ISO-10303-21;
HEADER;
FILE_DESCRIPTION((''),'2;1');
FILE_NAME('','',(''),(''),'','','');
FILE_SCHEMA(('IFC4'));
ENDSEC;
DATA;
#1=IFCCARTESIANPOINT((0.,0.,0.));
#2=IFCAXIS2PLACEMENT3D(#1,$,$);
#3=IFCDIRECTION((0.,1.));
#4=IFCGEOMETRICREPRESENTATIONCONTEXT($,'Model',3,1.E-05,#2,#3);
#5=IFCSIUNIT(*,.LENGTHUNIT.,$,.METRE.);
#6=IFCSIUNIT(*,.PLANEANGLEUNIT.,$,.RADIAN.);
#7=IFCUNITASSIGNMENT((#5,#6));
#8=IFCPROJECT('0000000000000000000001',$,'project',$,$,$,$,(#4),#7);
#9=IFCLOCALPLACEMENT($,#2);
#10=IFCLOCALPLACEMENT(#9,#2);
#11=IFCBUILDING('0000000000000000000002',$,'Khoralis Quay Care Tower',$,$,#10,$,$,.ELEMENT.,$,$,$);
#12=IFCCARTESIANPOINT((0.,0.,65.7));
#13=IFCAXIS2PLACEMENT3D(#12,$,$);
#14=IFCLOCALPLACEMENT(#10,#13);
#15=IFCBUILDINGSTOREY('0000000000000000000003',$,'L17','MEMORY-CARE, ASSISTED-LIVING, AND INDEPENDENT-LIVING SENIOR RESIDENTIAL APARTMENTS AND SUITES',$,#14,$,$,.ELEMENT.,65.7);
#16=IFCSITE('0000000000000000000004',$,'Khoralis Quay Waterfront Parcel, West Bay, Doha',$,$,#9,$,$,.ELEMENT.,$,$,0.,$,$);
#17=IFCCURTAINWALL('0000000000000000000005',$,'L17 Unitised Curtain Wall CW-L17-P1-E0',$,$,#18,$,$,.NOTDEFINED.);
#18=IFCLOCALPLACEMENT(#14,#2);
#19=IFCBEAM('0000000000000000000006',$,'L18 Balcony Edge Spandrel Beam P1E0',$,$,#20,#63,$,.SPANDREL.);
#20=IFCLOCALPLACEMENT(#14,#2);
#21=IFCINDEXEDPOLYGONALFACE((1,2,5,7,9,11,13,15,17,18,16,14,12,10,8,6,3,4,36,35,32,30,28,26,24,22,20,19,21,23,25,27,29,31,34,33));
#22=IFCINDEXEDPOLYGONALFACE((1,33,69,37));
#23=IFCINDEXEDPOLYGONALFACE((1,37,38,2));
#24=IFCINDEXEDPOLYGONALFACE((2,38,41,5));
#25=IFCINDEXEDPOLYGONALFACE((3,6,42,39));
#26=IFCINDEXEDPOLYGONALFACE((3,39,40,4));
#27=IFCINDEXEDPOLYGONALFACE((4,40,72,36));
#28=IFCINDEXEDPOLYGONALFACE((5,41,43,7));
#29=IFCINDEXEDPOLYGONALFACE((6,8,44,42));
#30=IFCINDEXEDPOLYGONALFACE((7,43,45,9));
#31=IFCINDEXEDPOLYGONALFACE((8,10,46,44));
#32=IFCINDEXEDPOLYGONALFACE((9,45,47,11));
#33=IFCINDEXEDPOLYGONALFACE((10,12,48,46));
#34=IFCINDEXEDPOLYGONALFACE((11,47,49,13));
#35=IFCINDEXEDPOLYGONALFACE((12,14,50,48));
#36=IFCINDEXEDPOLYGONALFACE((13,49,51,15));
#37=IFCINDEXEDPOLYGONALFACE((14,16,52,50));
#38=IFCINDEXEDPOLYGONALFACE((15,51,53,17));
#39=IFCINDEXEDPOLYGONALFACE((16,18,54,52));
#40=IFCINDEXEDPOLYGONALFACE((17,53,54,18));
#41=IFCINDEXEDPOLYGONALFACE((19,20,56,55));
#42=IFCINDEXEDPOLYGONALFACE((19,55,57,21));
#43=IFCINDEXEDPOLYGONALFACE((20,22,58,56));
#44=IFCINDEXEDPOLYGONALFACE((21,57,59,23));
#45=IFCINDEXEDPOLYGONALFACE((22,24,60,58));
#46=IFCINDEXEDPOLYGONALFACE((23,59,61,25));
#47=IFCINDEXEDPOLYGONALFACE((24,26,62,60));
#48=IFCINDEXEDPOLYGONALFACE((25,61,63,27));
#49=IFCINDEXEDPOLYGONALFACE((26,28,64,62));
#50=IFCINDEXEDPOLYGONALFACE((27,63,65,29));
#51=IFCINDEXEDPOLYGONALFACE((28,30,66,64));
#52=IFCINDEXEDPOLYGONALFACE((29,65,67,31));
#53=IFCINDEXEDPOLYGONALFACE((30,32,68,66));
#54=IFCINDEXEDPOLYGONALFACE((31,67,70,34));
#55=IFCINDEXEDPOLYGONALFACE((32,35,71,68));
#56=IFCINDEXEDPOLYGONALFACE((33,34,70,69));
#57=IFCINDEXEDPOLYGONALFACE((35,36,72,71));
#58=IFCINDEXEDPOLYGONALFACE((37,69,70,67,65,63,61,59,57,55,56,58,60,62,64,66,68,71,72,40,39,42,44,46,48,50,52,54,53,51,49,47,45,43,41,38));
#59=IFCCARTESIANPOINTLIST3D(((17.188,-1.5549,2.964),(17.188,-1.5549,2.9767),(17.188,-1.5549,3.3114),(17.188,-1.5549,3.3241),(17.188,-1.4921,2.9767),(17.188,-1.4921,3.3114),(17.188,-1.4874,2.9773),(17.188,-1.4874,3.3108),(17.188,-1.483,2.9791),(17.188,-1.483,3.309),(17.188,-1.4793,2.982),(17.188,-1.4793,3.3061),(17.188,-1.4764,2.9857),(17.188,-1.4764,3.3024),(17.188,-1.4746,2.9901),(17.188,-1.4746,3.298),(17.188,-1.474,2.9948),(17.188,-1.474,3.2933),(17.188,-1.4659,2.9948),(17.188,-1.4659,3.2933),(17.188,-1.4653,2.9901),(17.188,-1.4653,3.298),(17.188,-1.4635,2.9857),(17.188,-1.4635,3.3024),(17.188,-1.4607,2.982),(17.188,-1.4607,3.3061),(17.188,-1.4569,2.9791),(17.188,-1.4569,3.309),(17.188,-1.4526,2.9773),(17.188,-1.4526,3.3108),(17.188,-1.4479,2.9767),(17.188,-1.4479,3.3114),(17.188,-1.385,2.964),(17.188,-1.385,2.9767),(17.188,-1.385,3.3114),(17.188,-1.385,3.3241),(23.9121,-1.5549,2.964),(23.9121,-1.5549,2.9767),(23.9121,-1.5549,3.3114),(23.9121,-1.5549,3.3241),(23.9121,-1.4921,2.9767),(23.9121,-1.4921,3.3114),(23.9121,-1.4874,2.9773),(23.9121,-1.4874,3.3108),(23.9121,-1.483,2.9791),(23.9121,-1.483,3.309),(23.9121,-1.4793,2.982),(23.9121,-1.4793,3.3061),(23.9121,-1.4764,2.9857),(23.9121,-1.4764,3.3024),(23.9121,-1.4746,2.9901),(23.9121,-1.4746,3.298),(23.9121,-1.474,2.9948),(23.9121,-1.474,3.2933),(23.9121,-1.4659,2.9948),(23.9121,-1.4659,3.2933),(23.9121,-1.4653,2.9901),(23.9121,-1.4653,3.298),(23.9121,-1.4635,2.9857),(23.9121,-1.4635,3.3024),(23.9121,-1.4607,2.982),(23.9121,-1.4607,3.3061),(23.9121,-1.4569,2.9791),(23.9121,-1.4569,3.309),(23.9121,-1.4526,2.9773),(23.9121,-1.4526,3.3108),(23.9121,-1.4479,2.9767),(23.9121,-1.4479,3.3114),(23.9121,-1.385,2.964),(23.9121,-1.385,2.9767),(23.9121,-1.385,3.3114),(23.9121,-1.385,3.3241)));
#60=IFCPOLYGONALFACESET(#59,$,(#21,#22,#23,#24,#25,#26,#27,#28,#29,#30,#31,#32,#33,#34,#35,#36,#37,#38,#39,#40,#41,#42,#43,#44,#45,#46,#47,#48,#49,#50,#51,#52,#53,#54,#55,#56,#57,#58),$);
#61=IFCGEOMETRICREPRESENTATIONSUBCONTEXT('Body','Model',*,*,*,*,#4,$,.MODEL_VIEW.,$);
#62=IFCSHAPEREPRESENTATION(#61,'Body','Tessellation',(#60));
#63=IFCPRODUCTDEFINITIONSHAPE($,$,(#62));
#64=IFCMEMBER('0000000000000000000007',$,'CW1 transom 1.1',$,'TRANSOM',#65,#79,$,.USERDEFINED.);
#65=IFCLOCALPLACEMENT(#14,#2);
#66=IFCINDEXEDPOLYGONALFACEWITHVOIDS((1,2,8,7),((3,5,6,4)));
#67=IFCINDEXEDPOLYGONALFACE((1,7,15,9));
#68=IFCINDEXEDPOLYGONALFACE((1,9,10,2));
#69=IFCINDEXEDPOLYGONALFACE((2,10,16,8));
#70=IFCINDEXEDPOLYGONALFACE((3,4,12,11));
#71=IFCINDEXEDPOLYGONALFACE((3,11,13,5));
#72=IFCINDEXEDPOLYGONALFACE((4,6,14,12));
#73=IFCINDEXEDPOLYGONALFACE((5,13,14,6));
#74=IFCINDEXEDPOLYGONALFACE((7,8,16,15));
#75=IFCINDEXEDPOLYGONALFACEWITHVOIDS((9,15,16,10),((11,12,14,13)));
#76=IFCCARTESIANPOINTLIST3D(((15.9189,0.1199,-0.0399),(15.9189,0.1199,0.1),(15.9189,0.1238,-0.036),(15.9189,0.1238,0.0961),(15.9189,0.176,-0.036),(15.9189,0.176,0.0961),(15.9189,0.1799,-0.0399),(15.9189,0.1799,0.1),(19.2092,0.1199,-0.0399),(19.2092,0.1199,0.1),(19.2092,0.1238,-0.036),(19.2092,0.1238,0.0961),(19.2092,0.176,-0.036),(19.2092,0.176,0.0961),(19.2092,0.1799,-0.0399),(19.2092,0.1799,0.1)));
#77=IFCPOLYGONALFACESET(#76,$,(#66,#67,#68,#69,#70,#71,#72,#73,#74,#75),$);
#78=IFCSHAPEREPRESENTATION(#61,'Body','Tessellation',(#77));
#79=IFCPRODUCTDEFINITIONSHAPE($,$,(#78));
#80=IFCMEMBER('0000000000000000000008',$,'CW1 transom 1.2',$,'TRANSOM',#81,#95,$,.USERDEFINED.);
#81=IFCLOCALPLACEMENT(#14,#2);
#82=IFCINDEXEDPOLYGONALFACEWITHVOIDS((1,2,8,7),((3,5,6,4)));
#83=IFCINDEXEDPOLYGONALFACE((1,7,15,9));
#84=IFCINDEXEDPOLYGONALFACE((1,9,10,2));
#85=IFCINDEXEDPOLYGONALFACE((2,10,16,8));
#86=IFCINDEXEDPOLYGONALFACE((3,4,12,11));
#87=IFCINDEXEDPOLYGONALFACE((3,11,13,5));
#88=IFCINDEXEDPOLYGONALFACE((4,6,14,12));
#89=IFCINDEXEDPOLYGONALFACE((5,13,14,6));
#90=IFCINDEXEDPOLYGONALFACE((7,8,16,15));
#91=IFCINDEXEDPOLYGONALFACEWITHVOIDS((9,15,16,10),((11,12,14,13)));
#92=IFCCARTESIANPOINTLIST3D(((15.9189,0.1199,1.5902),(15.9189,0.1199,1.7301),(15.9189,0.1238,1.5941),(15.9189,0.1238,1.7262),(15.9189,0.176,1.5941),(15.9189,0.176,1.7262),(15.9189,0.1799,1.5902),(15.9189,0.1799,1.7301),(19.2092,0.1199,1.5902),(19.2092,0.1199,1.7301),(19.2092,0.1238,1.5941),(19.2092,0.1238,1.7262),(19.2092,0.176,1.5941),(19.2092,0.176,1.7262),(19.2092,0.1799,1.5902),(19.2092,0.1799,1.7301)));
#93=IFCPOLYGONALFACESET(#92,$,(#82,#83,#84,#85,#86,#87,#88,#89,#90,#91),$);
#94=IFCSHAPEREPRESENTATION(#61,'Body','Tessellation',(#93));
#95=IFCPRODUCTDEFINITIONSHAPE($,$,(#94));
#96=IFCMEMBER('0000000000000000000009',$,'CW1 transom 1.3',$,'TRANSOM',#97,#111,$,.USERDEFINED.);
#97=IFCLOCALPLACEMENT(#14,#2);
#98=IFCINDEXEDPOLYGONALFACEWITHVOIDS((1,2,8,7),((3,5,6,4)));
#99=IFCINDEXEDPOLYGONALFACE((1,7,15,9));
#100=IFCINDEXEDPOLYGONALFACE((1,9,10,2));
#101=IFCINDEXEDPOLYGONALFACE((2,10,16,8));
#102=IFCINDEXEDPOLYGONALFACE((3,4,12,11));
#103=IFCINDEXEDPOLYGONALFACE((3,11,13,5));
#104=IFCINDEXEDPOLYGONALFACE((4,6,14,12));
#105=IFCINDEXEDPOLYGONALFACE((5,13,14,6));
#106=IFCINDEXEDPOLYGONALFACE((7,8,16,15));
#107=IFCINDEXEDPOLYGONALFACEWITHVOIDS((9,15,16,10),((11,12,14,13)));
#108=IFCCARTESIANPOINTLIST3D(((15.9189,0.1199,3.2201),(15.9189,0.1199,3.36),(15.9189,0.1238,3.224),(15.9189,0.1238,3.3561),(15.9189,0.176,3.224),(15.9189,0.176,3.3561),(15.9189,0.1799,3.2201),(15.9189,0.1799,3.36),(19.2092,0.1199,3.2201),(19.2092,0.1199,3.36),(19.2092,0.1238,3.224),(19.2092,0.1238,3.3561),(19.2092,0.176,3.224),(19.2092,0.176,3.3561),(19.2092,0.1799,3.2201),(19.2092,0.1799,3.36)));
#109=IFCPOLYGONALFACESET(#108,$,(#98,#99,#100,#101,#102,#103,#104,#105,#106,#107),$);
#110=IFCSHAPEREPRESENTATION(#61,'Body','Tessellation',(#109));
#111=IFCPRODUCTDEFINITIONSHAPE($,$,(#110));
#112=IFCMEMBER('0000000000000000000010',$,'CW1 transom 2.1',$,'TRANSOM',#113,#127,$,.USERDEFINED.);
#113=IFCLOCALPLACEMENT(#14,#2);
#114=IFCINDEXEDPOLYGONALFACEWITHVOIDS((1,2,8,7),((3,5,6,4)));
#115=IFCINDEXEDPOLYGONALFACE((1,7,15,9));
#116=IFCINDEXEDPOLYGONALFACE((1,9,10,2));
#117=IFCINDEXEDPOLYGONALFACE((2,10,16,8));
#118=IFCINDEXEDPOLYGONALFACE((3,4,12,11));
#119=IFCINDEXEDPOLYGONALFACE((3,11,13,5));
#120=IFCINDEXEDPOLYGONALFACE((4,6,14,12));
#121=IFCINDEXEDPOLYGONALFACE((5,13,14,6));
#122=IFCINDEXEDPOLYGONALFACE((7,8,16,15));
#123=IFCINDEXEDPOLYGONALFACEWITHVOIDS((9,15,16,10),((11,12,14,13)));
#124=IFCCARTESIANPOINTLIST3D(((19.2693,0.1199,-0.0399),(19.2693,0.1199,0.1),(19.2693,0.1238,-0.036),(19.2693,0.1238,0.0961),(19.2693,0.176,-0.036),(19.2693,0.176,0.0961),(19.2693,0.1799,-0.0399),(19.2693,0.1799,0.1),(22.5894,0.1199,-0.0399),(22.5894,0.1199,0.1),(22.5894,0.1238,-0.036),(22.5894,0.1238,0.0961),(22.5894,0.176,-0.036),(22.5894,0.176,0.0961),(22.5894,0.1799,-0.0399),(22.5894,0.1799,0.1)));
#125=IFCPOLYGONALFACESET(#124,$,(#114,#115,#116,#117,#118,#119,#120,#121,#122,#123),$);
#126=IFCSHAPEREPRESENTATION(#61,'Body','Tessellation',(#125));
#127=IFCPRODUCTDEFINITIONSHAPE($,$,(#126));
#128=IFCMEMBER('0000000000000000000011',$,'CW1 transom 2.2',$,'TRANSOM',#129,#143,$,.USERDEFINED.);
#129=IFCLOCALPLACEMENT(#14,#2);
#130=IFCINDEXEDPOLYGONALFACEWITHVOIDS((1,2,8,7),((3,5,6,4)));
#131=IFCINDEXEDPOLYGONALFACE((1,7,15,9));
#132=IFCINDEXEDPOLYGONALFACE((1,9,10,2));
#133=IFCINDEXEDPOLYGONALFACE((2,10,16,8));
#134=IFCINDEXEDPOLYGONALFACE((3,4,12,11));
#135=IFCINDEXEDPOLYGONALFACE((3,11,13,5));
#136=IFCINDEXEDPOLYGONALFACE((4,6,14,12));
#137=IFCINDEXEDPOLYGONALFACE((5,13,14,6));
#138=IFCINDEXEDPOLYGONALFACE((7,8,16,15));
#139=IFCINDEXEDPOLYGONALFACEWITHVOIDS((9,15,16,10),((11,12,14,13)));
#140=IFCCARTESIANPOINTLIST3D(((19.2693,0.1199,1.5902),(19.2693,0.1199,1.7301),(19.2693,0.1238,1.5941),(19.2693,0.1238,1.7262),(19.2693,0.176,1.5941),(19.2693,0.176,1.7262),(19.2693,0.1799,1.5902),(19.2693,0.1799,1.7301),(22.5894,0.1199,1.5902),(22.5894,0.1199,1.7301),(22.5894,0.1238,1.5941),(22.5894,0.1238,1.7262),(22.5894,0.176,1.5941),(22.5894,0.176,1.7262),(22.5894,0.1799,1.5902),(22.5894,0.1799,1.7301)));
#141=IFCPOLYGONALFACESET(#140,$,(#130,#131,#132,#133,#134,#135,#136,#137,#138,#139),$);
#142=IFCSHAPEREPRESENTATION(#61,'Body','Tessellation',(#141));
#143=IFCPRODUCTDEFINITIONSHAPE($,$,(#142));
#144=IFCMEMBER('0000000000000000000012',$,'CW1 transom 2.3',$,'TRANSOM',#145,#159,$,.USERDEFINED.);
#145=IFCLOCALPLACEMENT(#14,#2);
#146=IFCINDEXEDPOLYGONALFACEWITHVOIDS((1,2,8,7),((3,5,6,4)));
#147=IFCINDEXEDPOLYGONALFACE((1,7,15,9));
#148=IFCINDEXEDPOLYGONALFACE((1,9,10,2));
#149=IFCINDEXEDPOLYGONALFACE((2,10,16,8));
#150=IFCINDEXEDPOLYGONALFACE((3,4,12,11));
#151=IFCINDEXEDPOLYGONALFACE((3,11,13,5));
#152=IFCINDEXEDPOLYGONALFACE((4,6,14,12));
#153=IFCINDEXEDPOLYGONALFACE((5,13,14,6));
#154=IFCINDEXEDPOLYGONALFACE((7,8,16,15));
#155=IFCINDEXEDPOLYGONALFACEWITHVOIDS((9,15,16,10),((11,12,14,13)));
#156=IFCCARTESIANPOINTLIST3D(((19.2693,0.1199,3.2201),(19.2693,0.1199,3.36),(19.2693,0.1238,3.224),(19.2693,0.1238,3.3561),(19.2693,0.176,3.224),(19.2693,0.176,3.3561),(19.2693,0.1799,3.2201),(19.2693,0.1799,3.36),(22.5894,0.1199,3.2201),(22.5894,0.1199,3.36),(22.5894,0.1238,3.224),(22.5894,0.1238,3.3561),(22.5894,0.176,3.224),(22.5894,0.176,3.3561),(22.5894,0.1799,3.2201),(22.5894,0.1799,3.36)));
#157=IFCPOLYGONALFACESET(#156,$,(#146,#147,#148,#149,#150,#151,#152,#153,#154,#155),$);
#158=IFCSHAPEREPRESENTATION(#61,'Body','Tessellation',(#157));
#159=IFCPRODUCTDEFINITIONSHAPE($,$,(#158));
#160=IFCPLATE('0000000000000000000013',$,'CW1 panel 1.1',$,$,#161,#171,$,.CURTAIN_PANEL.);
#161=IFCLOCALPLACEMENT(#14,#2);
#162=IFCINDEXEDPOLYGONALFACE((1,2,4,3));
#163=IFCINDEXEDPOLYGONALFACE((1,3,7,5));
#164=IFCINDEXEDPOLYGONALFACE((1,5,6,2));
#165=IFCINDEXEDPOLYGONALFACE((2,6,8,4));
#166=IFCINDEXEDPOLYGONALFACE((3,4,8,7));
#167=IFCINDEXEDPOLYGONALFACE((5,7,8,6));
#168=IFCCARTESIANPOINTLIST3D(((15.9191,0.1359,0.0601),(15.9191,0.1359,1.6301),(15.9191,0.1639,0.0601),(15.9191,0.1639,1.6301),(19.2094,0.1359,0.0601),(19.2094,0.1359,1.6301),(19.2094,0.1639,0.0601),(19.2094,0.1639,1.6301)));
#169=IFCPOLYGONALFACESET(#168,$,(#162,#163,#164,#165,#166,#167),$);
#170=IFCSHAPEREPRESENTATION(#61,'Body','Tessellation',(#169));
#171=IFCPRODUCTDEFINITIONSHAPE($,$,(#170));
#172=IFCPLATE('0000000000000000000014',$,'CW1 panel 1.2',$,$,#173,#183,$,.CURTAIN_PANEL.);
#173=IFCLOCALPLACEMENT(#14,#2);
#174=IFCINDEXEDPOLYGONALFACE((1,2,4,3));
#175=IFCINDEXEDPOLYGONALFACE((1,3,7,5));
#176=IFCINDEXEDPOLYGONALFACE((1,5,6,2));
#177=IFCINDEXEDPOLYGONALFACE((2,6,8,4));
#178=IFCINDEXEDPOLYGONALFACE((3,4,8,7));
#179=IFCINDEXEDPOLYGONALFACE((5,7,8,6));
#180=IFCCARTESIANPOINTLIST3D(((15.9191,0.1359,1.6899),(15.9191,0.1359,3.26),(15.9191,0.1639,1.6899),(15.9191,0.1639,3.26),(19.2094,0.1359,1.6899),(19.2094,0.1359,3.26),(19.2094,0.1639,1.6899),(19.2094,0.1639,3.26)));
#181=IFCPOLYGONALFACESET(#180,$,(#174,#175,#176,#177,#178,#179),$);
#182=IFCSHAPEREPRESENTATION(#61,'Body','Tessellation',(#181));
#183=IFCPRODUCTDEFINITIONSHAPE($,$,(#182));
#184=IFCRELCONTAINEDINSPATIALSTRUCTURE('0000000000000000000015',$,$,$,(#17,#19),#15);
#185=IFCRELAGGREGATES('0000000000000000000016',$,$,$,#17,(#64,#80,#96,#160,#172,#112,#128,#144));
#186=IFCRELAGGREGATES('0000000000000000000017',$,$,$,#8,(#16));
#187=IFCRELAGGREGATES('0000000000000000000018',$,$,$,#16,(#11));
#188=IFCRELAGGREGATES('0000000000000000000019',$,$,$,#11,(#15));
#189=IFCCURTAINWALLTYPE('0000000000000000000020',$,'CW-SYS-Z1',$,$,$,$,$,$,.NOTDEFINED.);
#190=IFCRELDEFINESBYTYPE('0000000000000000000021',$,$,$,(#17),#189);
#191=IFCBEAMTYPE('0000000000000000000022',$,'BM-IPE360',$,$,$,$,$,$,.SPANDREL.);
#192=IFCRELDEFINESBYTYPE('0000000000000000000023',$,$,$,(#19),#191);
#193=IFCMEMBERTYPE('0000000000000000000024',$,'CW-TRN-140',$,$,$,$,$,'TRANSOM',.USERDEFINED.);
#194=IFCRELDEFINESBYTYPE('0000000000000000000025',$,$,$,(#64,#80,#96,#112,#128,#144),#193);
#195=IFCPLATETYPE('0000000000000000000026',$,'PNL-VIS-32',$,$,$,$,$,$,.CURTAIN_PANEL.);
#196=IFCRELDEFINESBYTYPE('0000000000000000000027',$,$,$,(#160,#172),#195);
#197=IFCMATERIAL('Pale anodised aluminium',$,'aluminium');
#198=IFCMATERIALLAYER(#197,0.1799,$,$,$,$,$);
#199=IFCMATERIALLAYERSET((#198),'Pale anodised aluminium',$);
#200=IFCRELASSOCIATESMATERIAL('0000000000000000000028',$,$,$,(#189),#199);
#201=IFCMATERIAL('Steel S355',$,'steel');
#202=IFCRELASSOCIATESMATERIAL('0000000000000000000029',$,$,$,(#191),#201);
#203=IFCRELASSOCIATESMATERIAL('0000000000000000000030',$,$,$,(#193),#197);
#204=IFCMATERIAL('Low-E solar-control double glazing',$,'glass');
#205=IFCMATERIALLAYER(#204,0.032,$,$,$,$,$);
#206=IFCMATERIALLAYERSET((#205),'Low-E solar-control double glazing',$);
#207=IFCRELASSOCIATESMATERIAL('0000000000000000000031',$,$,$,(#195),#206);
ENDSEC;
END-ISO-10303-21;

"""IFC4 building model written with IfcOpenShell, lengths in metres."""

from ifc_helpers import new_model, si_unit, direction, frame, origin, origin_2d, place, context, subcontext, project, spatial, rectangle, hollow_rectangle, i_section, extrude, source, transform, mapped, material, layer, layer_set, material_profile, profile_set, type_object, element, aggregate, save


model = new_model("IFC4")

# Units and contexts
model_context = context("Model", 3, precision=1e-05, world=origin(), true_north=direction((0.0, 1.0)))
body_context = subcontext(model_context, "Body", "Model", "MODEL_VIEW")
ifc_project = project(units=[si_unit("LENGTHUNIT", "METRE"), si_unit("PLANEANGLEUNIT", "RADIAN")], contexts=[model_context])

# Site, building, storey
site_placement = place(None, origin())
site = spatial("IfcSite", under=ifc_project, at=site_placement, Name="Khoralis Quay Waterfront Parcel, West Bay, Doha", CompositionType="ELEMENT", RefElevation=0.0)
building_placement = place(site_placement, origin())
building = spatial("IfcBuilding", under=site, at=building_placement, Name="Khoralis Quay Care Tower", CompositionType="ELEMENT")
storey_placement = place(building_placement, frame((0.0, 0.0, 65.7)))
storey = spatial("IfcBuildingStorey", under=building, at=storey_placement, Name="L17", Description="MEMORY-CARE, ASSISTED-LIVING, AND INDEPENDENT-LIVING SENIOR RESIDENTIAL APARTMENTS AND SUITES", CompositionType="ELEMENT", Elevation=65.7)

# Shared definitions
ifc_material_1 = material(Name="Steel S355", Category="steel")

# Curtain wall
ifc_material_2 = material(Name="Pale anodised aluminium", Category="aluminium")
ifc_layer_1 = layer(ifc_material_2, 0.1799)
ifc_layer_set_1 = layer_set([ifc_layer_1], Name="Pale anodised aluminium")
curtain_wall_type = type_object("IfcCurtainWallType", Name="CW-SYS-Z1", PredefinedType="NOTDEFINED", material=ifc_layer_set_1)
curtain_wall_placement = place(storey_placement, origin())
curtain_wall = element("IfcCurtainWall", 1, at=curtain_wall_placement, inside=storey, type_object=curtain_wall_type, Name="L17 Unitised Curtain Wall CW-L17-P1-E0", PredefinedType="NOTDEFINED")

# Beam
ifc_material_profile_1 = material_profile(ifc_material_1, i_section(OverallWidth=0.1699, OverallDepth=0.3601, WebThickness=0.0081, FlangeThickness=0.0127, FilletRadius=0.0181, at=origin_2d()), Name="Steel S355")
ifc_profile_set_1 = profile_set([ifc_material_profile_1], Name="Steel S355")
beam_type_1 = type_object("IfcBeamType", Name="BM-IPE360", PredefinedType="SPANDREL", material=ifc_profile_set_1)
shared_shape_1 = source(origin(), body_context, "Body", "SweptSolid", [
    extrude(i_section(OverallWidth=0.1699, OverallDepth=0.3601, WebThickness=0.0081, FlangeThickness=0.0127, FilletRadius=0.0181, at=origin_2d()), origin(), (0.0, 0.0, 1.0), 6.7241),
])
beam_1_placement = place(storey_placement, frame((17.188, -1.47, 3.144), z_axis=(1.0, 0.0, 0.0), x_axis=(0.0, 1.0, 0.0)))
element("IfcBeam", 2, at=beam_1_placement, inside=storey, type_object=beam_type_1, Name="L18 Balcony Edge Spandrel Beam P1E0", PredefinedType="SPANDREL", context=body_context, shape_type="MappedRepresentation", body=[
    mapped(shared_shape_1, transform((0.0, 0.0, 0.0), scale=1.0)),
])

# Members
ifc_material_profile_2 = material_profile(ifc_material_2, hollow_rectangle(XDim=0.0601, YDim=0.1399, WallThickness=0.0039, at=origin_2d()), Name="Pale anodised aluminium")
ifc_profile_set_2 = profile_set([ifc_material_profile_2], Name="Pale anodised aluminium")
member_type_1 = type_object("IfcMemberType", Name="CW-TRN-140", ElementType="TRANSOM", PredefinedType="USERDEFINED", material=ifc_profile_set_2)
shared_shape_2 = source(origin(), body_context, "Body", "SweptSolid", [
    extrude(hollow_rectangle(XDim=0.0601, YDim=0.1399, WallThickness=0.0039, at=origin_2d()), origin(), (0.0, 0.0, 1.0), 3.2903),
])
member_1_placement = place(storey_placement, frame((15.9189, 0.1499, 0.03), z_axis=(1.0, 0.0, 0.0), x_axis=(0.0, 1.0, 0.0)))
member_1 = element("IfcMember", 3, at=member_1_placement, type_object=member_type_1, Name="CW1 transom 1.1", ObjectType="TRANSOM", PredefinedType="USERDEFINED", context=body_context, shape_type="MappedRepresentation", body=[
    mapped(shared_shape_2, transform((0.0, 0.0, 0.0), scale=1.0)),
])
member_2_placement = place(storey_placement, frame((15.9189, 0.1499, 1.6602), z_axis=(1.0, 0.0, 0.0), x_axis=(0.0, 1.0, 0.0)))
member_2 = element("IfcMember", 4, at=member_2_placement, type_object=member_type_1, Name="CW1 transom 1.2", ObjectType="TRANSOM", PredefinedType="USERDEFINED", context=body_context, shape_type="MappedRepresentation", body=[
    mapped(shared_shape_2, transform((0.0, 0.0, 0.0), scale=1.0)),
])
member_3_placement = place(storey_placement, frame((15.9189, 0.1499, 3.29), z_axis=(1.0, 0.0, 0.0), x_axis=(0.0, 1.0, 0.0)))
member_3 = element("IfcMember", 5, at=member_3_placement, type_object=member_type_1, Name="CW1 transom 1.3", ObjectType="TRANSOM", PredefinedType="USERDEFINED", context=body_context, shape_type="MappedRepresentation", body=[
    mapped(shared_shape_2, transform((0.0, 0.0, 0.0), scale=1.0)),
])
shared_shape_3 = source(origin(), body_context, "Body", "SweptSolid", [
    extrude(hollow_rectangle(XDim=0.0601, YDim=0.1399, WallThickness=0.0039, at=origin_2d()), origin(), (0.0, 0.0, 1.0), 3.3201),
])
member_4_placement = place(storey_placement, frame((19.2693, 0.1499, 0.03), z_axis=(1.0, 0.0, 0.0), x_axis=(0.0, 1.0, 0.0)))
member_4 = element("IfcMember", 6, at=member_4_placement, type_object=member_type_1, Name="CW1 transom 2.1", ObjectType="TRANSOM", PredefinedType="USERDEFINED", context=body_context, shape_type="MappedRepresentation", body=[
    mapped(shared_shape_3, transform((0.0, 0.0, 0.0), scale=1.0)),
])
member_5_placement = place(storey_placement, frame((19.2693, 0.1499, 1.6602), z_axis=(1.0, 0.0, 0.0), x_axis=(0.0, 1.0, 0.0)))
member_5 = element("IfcMember", 7, at=member_5_placement, type_object=member_type_1, Name="CW1 transom 2.2", ObjectType="TRANSOM", PredefinedType="USERDEFINED", context=body_context, shape_type="MappedRepresentation", body=[
    mapped(shared_shape_3, transform((0.0, 0.0, 0.0), scale=1.0)),
])
member_6_placement = place(storey_placement, frame((19.2693, 0.1499, 3.29), z_axis=(1.0, 0.0, 0.0), x_axis=(0.0, 1.0, 0.0)))
member_6 = element("IfcMember", 8, at=member_6_placement, type_object=member_type_1, Name="CW1 transom 2.3", ObjectType="TRANSOM", PredefinedType="USERDEFINED", context=body_context, shape_type="MappedRepresentation", body=[
    mapped(shared_shape_3, transform((0.0, 0.0, 0.0), scale=1.0)),
])

# Plates
ifc_material_3 = material(Name="Low-E solar-control double glazing", Category="glass")
ifc_layer_2 = layer(ifc_material_3, 0.032)
ifc_layer_set_2 = layer_set([ifc_layer_2], Name="Low-E solar-control double glazing")
plate_type = type_object("IfcPlateType", Name="PNL-VIS-32", PredefinedType="CURTAIN_PANEL", material=ifc_layer_set_2)
shared_shape_4 = source(origin(), body_context, "Body", "SweptSolid", [
    extrude(rectangle(XDim=3.2903, YDim=0.0281, at=origin_2d()), origin(), (0.0, 0.0, 1.0), 1.5701),
])
plate_1_placement = place(storey_placement, frame((17.5642, 0.1499, 0.0601), z_axis=(0.0, 0.0, 1.0), x_axis=(1.0, 0.0, 0.0)))
plate_1 = element("IfcPlate", 9, at=plate_1_placement, type_object=plate_type, Name="CW1 panel 1.1", PredefinedType="CURTAIN_PANEL", context=body_context, shape_type="MappedRepresentation", body=[
    mapped(shared_shape_4, transform((0.0, 0.0, 0.0), scale=1.0)),
])
plate_2_placement = place(storey_placement, frame((17.5642, 0.1499, 1.6899), z_axis=(0.0, 0.0, 1.0), x_axis=(1.0, 0.0, 0.0)))
plate_2 = element("IfcPlate", 10, at=plate_2_placement, type_object=plate_type, Name="CW1 panel 1.2", PredefinedType="CURTAIN_PANEL", context=body_context, shape_type="MappedRepresentation", body=[
    mapped(shared_shape_4, transform((0.0, 0.0, 0.0), scale=1.0)),
])
aggregate(curtain_wall, [member_1, member_2, member_3, plate_1, plate_2, member_4, member_5, member_6])

save(model, "model.ifc")
